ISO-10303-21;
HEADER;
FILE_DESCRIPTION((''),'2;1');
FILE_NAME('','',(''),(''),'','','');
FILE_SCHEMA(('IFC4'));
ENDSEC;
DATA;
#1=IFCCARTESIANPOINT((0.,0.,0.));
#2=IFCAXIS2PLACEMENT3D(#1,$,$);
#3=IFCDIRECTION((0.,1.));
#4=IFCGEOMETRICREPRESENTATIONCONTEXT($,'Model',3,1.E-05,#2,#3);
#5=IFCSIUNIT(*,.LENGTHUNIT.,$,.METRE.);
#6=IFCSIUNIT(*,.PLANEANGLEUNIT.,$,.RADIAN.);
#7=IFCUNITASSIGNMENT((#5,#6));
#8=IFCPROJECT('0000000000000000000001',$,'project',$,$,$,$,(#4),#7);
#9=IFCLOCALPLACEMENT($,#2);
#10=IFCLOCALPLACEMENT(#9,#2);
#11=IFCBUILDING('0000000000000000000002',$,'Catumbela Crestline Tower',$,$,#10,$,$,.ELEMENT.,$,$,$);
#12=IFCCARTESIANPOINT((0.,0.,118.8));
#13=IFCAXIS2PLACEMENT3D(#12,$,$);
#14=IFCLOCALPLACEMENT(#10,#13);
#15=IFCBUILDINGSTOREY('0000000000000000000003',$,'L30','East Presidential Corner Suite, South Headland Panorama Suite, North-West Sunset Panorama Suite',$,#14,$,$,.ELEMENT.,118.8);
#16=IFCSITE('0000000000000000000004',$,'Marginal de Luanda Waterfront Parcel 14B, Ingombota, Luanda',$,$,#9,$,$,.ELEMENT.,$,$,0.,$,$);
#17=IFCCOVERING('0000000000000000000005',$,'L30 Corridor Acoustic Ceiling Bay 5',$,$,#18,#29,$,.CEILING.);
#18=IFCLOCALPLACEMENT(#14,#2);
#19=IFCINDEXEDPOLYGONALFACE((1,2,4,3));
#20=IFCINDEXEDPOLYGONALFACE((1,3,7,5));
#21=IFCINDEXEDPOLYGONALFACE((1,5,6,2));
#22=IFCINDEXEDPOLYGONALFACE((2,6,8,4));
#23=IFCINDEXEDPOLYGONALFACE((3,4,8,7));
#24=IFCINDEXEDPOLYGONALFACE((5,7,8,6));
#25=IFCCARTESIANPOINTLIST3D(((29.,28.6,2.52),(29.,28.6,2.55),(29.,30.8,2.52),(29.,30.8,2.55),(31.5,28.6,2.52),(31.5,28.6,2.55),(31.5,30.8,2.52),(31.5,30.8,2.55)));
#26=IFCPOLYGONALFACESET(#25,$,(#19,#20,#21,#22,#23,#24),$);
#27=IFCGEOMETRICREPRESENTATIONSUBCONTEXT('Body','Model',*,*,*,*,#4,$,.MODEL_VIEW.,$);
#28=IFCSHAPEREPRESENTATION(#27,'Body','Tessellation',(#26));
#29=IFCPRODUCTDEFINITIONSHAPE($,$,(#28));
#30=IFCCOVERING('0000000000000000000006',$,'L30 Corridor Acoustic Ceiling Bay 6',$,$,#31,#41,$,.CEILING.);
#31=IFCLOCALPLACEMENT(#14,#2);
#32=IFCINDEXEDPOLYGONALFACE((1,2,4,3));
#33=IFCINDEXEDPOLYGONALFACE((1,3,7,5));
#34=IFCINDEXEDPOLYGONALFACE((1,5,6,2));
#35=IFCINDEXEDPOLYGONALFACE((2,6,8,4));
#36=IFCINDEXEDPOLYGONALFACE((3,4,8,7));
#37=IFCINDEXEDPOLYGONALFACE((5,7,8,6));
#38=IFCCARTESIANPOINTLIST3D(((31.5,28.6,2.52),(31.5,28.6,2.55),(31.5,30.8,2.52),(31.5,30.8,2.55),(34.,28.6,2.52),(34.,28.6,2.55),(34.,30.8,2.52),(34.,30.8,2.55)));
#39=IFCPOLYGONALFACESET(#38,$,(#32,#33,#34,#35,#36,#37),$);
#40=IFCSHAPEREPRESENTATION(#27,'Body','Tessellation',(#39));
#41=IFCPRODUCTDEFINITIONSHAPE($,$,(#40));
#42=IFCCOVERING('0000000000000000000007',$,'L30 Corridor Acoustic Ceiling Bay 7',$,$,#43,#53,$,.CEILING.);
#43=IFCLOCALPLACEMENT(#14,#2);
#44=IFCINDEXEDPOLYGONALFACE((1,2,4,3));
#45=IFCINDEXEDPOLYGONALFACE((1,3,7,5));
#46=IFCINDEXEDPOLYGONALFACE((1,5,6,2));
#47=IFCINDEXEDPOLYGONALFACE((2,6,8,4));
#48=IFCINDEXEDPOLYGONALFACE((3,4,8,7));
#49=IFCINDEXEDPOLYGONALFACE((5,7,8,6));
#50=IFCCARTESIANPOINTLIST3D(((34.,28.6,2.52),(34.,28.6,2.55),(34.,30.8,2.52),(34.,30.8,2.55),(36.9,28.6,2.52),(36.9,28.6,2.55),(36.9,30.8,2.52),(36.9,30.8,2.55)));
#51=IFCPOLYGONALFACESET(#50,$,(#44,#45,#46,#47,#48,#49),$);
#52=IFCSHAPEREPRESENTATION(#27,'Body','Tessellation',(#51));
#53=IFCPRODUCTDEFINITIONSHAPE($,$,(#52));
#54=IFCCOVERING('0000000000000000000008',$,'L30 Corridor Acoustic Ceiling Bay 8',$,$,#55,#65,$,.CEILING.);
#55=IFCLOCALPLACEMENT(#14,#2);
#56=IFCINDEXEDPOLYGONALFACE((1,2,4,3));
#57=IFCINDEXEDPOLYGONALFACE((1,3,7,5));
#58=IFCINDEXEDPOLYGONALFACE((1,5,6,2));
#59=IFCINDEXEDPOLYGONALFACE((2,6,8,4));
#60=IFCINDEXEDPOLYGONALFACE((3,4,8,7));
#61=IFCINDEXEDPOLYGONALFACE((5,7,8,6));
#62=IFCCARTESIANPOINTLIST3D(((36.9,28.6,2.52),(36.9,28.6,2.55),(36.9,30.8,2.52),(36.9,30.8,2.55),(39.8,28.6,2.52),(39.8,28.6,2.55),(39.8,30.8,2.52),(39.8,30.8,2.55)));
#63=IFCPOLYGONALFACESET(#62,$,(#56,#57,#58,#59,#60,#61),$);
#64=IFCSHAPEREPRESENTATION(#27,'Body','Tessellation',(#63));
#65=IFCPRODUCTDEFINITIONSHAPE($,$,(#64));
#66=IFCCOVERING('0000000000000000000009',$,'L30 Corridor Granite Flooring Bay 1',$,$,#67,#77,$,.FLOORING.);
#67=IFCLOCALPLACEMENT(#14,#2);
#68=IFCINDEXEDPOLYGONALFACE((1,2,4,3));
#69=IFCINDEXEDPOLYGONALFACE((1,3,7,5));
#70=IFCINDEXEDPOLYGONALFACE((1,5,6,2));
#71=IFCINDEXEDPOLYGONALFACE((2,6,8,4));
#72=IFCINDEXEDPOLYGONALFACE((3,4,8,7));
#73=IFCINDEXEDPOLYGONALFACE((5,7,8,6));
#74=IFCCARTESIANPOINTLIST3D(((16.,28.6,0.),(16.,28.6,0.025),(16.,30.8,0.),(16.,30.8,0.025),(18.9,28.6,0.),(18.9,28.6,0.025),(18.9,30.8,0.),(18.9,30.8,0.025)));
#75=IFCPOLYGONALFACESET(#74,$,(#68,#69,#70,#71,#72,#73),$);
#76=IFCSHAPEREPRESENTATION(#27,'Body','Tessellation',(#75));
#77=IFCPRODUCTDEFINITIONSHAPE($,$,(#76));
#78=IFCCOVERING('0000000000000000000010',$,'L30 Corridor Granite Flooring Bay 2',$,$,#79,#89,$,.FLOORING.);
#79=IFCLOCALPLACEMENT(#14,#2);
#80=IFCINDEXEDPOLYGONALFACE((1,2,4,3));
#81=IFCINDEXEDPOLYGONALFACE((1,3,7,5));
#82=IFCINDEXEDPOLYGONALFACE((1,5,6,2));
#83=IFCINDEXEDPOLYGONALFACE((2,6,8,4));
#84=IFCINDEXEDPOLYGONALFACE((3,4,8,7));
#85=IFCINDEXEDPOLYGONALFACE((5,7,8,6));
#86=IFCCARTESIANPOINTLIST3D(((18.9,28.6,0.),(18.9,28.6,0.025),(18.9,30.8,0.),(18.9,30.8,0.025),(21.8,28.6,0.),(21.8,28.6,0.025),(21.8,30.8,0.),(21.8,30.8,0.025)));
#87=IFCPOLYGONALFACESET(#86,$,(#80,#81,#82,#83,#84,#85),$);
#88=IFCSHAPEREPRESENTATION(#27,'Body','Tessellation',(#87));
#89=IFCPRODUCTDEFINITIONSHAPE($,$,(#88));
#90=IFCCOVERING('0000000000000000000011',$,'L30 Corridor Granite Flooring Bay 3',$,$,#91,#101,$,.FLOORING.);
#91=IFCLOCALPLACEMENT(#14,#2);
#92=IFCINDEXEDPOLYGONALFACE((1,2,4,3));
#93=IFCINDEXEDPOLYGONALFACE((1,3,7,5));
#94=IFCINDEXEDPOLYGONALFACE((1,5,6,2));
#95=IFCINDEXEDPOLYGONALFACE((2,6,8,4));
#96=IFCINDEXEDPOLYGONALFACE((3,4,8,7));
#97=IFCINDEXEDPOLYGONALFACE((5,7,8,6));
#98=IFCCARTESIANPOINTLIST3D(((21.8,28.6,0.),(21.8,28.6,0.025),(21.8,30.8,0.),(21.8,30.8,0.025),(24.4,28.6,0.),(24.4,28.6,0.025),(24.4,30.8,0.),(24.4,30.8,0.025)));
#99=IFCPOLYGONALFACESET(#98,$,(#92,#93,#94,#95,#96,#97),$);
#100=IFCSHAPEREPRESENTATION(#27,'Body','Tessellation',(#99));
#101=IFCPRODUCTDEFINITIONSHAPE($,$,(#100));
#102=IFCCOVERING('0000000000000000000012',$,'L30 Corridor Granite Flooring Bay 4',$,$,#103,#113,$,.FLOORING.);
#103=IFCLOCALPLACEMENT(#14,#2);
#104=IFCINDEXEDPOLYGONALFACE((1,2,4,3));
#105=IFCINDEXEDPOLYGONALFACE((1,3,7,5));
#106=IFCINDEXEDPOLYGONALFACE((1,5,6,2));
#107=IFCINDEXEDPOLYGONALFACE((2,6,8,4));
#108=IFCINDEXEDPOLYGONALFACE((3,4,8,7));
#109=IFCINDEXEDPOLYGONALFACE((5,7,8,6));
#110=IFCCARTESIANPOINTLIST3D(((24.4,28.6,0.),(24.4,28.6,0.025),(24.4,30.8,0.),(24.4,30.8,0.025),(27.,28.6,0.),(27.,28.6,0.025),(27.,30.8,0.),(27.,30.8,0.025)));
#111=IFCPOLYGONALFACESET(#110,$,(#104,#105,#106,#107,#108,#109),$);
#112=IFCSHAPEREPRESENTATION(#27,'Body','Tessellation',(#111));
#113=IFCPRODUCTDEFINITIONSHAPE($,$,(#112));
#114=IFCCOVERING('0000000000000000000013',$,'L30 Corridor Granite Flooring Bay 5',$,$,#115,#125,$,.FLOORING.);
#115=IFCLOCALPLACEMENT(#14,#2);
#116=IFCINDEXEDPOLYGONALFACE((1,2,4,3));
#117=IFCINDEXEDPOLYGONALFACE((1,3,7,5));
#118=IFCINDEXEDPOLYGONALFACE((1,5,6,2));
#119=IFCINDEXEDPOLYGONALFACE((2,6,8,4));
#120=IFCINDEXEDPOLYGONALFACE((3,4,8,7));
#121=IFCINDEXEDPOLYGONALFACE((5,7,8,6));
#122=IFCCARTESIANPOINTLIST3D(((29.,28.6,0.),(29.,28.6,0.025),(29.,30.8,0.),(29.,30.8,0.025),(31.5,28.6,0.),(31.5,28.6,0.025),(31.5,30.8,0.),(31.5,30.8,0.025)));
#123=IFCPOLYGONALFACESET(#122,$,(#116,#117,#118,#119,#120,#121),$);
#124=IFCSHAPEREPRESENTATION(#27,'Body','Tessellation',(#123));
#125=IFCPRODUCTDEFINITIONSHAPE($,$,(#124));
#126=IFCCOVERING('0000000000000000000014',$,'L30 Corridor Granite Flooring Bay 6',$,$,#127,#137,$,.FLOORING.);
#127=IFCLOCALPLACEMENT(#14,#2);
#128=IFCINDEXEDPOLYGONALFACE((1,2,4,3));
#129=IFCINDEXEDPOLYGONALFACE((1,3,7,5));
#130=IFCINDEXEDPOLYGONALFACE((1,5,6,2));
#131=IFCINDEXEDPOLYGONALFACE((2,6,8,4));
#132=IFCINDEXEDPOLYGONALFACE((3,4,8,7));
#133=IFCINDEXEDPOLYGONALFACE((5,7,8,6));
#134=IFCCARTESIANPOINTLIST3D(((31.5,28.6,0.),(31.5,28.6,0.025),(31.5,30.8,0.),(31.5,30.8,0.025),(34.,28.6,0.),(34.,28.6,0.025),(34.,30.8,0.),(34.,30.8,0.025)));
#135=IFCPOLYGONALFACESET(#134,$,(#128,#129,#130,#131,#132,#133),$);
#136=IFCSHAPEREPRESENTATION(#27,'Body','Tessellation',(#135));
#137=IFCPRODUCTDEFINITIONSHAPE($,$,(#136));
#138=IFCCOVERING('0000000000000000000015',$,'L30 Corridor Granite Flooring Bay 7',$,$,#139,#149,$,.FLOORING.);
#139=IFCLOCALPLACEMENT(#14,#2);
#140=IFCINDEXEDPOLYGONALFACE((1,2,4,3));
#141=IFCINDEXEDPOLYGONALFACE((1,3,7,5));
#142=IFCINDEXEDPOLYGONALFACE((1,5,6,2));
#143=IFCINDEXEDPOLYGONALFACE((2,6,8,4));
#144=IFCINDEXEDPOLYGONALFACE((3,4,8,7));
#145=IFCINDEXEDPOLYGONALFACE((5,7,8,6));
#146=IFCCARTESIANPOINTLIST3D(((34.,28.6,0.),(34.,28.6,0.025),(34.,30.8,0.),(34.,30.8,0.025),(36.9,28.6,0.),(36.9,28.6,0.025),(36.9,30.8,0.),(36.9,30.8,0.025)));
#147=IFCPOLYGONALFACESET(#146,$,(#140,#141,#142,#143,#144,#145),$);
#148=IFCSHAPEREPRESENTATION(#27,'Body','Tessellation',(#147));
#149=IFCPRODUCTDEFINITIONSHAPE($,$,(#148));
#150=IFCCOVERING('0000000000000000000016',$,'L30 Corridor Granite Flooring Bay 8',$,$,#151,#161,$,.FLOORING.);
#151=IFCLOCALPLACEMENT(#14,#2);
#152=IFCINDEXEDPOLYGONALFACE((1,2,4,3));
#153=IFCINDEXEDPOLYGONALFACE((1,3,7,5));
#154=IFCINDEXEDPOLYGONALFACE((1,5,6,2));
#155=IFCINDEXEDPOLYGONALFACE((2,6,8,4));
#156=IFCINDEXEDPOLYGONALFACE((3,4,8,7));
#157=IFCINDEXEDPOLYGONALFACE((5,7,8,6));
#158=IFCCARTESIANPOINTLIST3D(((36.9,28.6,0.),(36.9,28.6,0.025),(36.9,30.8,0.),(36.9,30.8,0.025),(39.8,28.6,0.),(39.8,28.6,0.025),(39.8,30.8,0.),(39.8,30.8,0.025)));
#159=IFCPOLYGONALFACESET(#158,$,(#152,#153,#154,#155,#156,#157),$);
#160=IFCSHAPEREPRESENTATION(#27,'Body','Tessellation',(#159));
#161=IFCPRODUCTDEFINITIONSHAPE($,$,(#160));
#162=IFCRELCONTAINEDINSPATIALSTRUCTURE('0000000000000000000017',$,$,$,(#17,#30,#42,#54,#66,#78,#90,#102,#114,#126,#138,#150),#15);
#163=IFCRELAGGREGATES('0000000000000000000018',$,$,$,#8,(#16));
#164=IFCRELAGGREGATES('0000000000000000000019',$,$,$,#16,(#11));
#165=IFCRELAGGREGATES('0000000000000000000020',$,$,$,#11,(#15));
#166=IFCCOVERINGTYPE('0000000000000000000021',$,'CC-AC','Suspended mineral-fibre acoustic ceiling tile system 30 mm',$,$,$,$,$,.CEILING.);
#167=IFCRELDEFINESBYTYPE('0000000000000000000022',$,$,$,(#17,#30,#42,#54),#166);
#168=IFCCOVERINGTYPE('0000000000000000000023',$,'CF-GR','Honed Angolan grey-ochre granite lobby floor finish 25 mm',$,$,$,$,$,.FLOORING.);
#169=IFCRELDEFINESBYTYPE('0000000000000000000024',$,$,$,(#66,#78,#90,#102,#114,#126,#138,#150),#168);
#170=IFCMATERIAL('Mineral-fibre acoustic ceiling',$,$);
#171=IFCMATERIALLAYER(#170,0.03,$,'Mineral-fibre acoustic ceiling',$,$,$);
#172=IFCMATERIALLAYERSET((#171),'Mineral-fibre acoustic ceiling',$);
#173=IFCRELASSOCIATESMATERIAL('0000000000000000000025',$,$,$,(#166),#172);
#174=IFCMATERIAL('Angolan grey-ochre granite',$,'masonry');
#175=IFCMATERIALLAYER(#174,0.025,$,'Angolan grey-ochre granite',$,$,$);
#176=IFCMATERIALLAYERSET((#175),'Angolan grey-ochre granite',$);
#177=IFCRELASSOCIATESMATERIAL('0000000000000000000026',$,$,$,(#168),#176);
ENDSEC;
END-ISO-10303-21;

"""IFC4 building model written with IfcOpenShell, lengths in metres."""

from ifc_helpers import new_model, si_unit, direction, frame, origin, place, context, subcontext, project, spatial, polyline, outline, extrude, material, layer, layer_set, type_object, element, save


model = new_model("IFC4")

# Units and contexts
model_context = context("Model", 3, precision=1e-05, world=origin(), true_north=direction((0.0, 1.0)))
body_context = subcontext(model_context, "Body", "Model", "MODEL_VIEW")
ifc_project = project(units=[si_unit("LENGTHUNIT", "METRE"), si_unit("PLANEANGLEUNIT", "RADIAN")], contexts=[model_context])

# Site, building, storey
site_placement = place(None, origin())
site = spatial("IfcSite", under=ifc_project, at=site_placement, Name="Marginal de Luanda Waterfront Parcel 14B, Ingombota, Luanda", CompositionType="ELEMENT", RefElevation=0.0)
building_placement = place(site_placement, origin())
building = spatial("IfcBuilding", under=site, at=building_placement, Name="Catumbela Crestline Tower", CompositionType="ELEMENT")
storey_placement = place(building_placement, frame((0.0, 0.0, 118.8)))
storey = spatial("IfcBuildingStorey", under=building, at=storey_placement, Name="L30", Description="East Presidential Corner Suite, South Headland Panorama Suite, North-West Sunset Panorama Suite", CompositionType="ELEMENT", Elevation=118.8)

# Shared definitions
ifc_material_1 = material(Name="Angolan grey-ochre granite", Category="masonry")

# Coverings
ifc_material_2 = material(Name="Mineral-fibre acoustic ceiling")
ifc_layer_1 = layer(ifc_material_2, 0.03, Name="Mineral-fibre acoustic ceiling")
ifc_layer_set_1 = layer_set([ifc_layer_1], Name="Mineral-fibre acoustic ceiling")
covering_type_1 = type_object("IfcCoveringType", Name="CC-AC", Description="Suspended mineral-fibre acoustic ceiling tile system 30 mm", PredefinedType="CEILING", material=ifc_layer_set_1)
covering_1_placement = place(storey_placement, frame((0.0, 0.0, 2.52)))
element("IfcCovering", 1, at=covering_1_placement, inside=storey, type_object=covering_type_1, Name="L30 Corridor Acoustic Ceiling Bay 5", PredefinedType="CEILING", context=body_context, shape_type="SweptSolid", body=[
    extrude(outline(polyline([(29.0, 28.6), (31.5, 28.6), (31.5, 30.8), (29.0, 30.8), (29.0, 28.6)])), origin(), (0.0, 0.0, 1.0), 0.03),
])
covering_2_placement = place(storey_placement, frame((0.0, 0.0, 2.52)))
element("IfcCovering", 2, at=covering_2_placement, inside=storey, type_object=covering_type_1, Name="L30 Corridor Acoustic Ceiling Bay 6", PredefinedType="CEILING", context=body_context, shape_type="SweptSolid", body=[
    extrude(outline(polyline([(31.5, 28.6), (34.0, 28.6), (34.0, 30.8), (31.5, 30.8), (31.5, 28.6)])), origin(), (0.0, 0.0, 1.0), 0.03),
])
covering_3_placement = place(storey_placement, frame((0.0, 0.0, 2.52)))
element("IfcCovering", 3, at=covering_3_placement, inside=storey, type_object=covering_type_1, Name="L30 Corridor Acoustic Ceiling Bay 7", PredefinedType="CEILING", context=body_context, shape_type="SweptSolid", body=[
    extrude(outline(polyline([(34.0, 28.6), (36.9, 28.6), (36.9, 30.8), (34.0, 30.8), (34.0, 28.6)])), origin(), (0.0, 0.0, 1.0), 0.03),
])
covering_4_placement = place(storey_placement, frame((0.0, 0.0, 2.52)))
element("IfcCovering", 4, at=covering_4_placement, inside=storey, type_object=covering_type_1, Name="L30 Corridor Acoustic Ceiling Bay 8", PredefinedType="CEILING", context=body_context, shape_type="SweptSolid", body=[
    extrude(outline(polyline([(36.9, 28.6), (39.8, 28.6), (39.8, 30.8), (36.9, 30.8), (36.9, 28.6)])), origin(), (0.0, 0.0, 1.0), 0.03),
])
ifc_layer_2 = layer(ifc_material_1, 0.025, Name="Angolan grey-ochre granite")
ifc_layer_set_2 = layer_set([ifc_layer_2], Name="Angolan grey-ochre granite")
covering_type_2 = type_object("IfcCoveringType", Name="CF-GR", Description="Honed Angolan grey-ochre granite lobby floor finish 25 mm", PredefinedType="FLOORING", material=ifc_layer_set_2)
covering_5_placement = place(storey_placement, origin())
element("IfcCovering", 5, at=covering_5_placement, inside=storey, type_object=covering_type_2, Name="L30 Corridor Granite Flooring Bay 1", PredefinedType="FLOORING", context=body_context, shape_type="SweptSolid", body=[
    extrude(outline(polyline([(16.0, 28.6), (18.9, 28.6), (18.9, 30.8), (16.0, 30.8), (16.0, 28.6)])), origin(), (0.0, 0.0, 1.0), 0.025),
])
covering_6_placement = place(storey_placement, origin())
element("IfcCovering", 6, at=covering_6_placement, inside=storey, type_object=covering_type_2, Name="L30 Corridor Granite Flooring Bay 2", PredefinedType="FLOORING", context=body_context, shape_type="SweptSolid", body=[
    extrude(outline(polyline([(18.9, 28.6), (21.8, 28.6), (21.8, 30.8), (18.9, 30.8), (18.9, 28.6)])), origin(), (0.0, 0.0, 1.0), 0.025),
])
covering_7_placement = place(storey_placement, origin())
element("IfcCovering", 7, at=covering_7_placement, inside=storey, type_object=covering_type_2, Name="L30 Corridor Granite Flooring Bay 3", PredefinedType="FLOORING", context=body_context, shape_type="SweptSolid", body=[
    extrude(outline(polyline([(21.8, 28.6), (24.4, 28.6), (24.4, 30.8), (21.8, 30.8), (21.8, 28.6)])), origin(), (0.0, 0.0, 1.0), 0.025),
])
covering_8_placement = place(storey_placement, origin())
element("IfcCovering", 8, at=covering_8_placement, inside=storey, type_object=covering_type_2, Name="L30 Corridor Granite Flooring Bay 4", PredefinedType="FLOORING", context=body_context, shape_type="SweptSolid", body=[
    extrude(outline(polyline([(24.4, 28.6), (27.0, 28.6), (27.0, 30.8), (24.4, 30.8), (24.4, 28.6)])), origin(), (0.0, 0.0, 1.0), 0.025),
])
covering_9_placement = place(storey_placement, origin())
element("IfcCovering", 9, at=covering_9_placement, inside=storey, type_object=covering_type_2, Name="L30 Corridor Granite Flooring Bay 5", PredefinedType="FLOORING", context=body_context, shape_type="SweptSolid", body=[
    extrude(outline(polyline([(29.0, 28.6), (31.5, 28.6), (31.5, 30.8), (29.0, 30.8), (29.0, 28.6)])), origin(), (0.0, 0.0, 1.0), 0.025),
])
covering_10_placement = place(storey_placement, origin())
element("IfcCovering", 10, at=covering_10_placement, inside=storey, type_object=covering_type_2, Name="L30 Corridor Granite Flooring Bay 6", PredefinedType="FLOORING", context=body_context, shape_type="SweptSolid", body=[
    extrude(outline(polyline([(31.5, 28.6), (34.0, 28.6), (34.0, 30.8), (31.5, 30.8), (31.5, 28.6)])), origin(), (0.0, 0.0, 1.0), 0.025),
])
covering_11_placement = place(storey_placement, origin())
element("IfcCovering", 11, at=covering_11_placement, inside=storey, type_object=covering_type_2, Name="L30 Corridor Granite Flooring Bay 7", PredefinedType="FLOORING", context=body_context, shape_type="SweptSolid", body=[
    extrude(outline(polyline([(34.0, 28.6), (36.9, 28.6), (36.9, 30.8), (34.0, 30.8), (34.0, 28.6)])), origin(), (0.0, 0.0, 1.0), 0.025),
])
covering_12_placement = place(storey_placement, origin())
element("IfcCovering", 12, at=covering_12_placement, inside=storey, type_object=covering_type_2, Name="L30 Corridor Granite Flooring Bay 8", PredefinedType="FLOORING", context=body_context, shape_type="SweptSolid", body=[
    extrude(outline(polyline([(36.9, 28.6), (39.8, 28.6), (39.8, 30.8), (36.9, 30.8), (36.9, 28.6)])), origin(), (0.0, 0.0, 1.0), 0.025),
])

save(model, "model.ifc")
